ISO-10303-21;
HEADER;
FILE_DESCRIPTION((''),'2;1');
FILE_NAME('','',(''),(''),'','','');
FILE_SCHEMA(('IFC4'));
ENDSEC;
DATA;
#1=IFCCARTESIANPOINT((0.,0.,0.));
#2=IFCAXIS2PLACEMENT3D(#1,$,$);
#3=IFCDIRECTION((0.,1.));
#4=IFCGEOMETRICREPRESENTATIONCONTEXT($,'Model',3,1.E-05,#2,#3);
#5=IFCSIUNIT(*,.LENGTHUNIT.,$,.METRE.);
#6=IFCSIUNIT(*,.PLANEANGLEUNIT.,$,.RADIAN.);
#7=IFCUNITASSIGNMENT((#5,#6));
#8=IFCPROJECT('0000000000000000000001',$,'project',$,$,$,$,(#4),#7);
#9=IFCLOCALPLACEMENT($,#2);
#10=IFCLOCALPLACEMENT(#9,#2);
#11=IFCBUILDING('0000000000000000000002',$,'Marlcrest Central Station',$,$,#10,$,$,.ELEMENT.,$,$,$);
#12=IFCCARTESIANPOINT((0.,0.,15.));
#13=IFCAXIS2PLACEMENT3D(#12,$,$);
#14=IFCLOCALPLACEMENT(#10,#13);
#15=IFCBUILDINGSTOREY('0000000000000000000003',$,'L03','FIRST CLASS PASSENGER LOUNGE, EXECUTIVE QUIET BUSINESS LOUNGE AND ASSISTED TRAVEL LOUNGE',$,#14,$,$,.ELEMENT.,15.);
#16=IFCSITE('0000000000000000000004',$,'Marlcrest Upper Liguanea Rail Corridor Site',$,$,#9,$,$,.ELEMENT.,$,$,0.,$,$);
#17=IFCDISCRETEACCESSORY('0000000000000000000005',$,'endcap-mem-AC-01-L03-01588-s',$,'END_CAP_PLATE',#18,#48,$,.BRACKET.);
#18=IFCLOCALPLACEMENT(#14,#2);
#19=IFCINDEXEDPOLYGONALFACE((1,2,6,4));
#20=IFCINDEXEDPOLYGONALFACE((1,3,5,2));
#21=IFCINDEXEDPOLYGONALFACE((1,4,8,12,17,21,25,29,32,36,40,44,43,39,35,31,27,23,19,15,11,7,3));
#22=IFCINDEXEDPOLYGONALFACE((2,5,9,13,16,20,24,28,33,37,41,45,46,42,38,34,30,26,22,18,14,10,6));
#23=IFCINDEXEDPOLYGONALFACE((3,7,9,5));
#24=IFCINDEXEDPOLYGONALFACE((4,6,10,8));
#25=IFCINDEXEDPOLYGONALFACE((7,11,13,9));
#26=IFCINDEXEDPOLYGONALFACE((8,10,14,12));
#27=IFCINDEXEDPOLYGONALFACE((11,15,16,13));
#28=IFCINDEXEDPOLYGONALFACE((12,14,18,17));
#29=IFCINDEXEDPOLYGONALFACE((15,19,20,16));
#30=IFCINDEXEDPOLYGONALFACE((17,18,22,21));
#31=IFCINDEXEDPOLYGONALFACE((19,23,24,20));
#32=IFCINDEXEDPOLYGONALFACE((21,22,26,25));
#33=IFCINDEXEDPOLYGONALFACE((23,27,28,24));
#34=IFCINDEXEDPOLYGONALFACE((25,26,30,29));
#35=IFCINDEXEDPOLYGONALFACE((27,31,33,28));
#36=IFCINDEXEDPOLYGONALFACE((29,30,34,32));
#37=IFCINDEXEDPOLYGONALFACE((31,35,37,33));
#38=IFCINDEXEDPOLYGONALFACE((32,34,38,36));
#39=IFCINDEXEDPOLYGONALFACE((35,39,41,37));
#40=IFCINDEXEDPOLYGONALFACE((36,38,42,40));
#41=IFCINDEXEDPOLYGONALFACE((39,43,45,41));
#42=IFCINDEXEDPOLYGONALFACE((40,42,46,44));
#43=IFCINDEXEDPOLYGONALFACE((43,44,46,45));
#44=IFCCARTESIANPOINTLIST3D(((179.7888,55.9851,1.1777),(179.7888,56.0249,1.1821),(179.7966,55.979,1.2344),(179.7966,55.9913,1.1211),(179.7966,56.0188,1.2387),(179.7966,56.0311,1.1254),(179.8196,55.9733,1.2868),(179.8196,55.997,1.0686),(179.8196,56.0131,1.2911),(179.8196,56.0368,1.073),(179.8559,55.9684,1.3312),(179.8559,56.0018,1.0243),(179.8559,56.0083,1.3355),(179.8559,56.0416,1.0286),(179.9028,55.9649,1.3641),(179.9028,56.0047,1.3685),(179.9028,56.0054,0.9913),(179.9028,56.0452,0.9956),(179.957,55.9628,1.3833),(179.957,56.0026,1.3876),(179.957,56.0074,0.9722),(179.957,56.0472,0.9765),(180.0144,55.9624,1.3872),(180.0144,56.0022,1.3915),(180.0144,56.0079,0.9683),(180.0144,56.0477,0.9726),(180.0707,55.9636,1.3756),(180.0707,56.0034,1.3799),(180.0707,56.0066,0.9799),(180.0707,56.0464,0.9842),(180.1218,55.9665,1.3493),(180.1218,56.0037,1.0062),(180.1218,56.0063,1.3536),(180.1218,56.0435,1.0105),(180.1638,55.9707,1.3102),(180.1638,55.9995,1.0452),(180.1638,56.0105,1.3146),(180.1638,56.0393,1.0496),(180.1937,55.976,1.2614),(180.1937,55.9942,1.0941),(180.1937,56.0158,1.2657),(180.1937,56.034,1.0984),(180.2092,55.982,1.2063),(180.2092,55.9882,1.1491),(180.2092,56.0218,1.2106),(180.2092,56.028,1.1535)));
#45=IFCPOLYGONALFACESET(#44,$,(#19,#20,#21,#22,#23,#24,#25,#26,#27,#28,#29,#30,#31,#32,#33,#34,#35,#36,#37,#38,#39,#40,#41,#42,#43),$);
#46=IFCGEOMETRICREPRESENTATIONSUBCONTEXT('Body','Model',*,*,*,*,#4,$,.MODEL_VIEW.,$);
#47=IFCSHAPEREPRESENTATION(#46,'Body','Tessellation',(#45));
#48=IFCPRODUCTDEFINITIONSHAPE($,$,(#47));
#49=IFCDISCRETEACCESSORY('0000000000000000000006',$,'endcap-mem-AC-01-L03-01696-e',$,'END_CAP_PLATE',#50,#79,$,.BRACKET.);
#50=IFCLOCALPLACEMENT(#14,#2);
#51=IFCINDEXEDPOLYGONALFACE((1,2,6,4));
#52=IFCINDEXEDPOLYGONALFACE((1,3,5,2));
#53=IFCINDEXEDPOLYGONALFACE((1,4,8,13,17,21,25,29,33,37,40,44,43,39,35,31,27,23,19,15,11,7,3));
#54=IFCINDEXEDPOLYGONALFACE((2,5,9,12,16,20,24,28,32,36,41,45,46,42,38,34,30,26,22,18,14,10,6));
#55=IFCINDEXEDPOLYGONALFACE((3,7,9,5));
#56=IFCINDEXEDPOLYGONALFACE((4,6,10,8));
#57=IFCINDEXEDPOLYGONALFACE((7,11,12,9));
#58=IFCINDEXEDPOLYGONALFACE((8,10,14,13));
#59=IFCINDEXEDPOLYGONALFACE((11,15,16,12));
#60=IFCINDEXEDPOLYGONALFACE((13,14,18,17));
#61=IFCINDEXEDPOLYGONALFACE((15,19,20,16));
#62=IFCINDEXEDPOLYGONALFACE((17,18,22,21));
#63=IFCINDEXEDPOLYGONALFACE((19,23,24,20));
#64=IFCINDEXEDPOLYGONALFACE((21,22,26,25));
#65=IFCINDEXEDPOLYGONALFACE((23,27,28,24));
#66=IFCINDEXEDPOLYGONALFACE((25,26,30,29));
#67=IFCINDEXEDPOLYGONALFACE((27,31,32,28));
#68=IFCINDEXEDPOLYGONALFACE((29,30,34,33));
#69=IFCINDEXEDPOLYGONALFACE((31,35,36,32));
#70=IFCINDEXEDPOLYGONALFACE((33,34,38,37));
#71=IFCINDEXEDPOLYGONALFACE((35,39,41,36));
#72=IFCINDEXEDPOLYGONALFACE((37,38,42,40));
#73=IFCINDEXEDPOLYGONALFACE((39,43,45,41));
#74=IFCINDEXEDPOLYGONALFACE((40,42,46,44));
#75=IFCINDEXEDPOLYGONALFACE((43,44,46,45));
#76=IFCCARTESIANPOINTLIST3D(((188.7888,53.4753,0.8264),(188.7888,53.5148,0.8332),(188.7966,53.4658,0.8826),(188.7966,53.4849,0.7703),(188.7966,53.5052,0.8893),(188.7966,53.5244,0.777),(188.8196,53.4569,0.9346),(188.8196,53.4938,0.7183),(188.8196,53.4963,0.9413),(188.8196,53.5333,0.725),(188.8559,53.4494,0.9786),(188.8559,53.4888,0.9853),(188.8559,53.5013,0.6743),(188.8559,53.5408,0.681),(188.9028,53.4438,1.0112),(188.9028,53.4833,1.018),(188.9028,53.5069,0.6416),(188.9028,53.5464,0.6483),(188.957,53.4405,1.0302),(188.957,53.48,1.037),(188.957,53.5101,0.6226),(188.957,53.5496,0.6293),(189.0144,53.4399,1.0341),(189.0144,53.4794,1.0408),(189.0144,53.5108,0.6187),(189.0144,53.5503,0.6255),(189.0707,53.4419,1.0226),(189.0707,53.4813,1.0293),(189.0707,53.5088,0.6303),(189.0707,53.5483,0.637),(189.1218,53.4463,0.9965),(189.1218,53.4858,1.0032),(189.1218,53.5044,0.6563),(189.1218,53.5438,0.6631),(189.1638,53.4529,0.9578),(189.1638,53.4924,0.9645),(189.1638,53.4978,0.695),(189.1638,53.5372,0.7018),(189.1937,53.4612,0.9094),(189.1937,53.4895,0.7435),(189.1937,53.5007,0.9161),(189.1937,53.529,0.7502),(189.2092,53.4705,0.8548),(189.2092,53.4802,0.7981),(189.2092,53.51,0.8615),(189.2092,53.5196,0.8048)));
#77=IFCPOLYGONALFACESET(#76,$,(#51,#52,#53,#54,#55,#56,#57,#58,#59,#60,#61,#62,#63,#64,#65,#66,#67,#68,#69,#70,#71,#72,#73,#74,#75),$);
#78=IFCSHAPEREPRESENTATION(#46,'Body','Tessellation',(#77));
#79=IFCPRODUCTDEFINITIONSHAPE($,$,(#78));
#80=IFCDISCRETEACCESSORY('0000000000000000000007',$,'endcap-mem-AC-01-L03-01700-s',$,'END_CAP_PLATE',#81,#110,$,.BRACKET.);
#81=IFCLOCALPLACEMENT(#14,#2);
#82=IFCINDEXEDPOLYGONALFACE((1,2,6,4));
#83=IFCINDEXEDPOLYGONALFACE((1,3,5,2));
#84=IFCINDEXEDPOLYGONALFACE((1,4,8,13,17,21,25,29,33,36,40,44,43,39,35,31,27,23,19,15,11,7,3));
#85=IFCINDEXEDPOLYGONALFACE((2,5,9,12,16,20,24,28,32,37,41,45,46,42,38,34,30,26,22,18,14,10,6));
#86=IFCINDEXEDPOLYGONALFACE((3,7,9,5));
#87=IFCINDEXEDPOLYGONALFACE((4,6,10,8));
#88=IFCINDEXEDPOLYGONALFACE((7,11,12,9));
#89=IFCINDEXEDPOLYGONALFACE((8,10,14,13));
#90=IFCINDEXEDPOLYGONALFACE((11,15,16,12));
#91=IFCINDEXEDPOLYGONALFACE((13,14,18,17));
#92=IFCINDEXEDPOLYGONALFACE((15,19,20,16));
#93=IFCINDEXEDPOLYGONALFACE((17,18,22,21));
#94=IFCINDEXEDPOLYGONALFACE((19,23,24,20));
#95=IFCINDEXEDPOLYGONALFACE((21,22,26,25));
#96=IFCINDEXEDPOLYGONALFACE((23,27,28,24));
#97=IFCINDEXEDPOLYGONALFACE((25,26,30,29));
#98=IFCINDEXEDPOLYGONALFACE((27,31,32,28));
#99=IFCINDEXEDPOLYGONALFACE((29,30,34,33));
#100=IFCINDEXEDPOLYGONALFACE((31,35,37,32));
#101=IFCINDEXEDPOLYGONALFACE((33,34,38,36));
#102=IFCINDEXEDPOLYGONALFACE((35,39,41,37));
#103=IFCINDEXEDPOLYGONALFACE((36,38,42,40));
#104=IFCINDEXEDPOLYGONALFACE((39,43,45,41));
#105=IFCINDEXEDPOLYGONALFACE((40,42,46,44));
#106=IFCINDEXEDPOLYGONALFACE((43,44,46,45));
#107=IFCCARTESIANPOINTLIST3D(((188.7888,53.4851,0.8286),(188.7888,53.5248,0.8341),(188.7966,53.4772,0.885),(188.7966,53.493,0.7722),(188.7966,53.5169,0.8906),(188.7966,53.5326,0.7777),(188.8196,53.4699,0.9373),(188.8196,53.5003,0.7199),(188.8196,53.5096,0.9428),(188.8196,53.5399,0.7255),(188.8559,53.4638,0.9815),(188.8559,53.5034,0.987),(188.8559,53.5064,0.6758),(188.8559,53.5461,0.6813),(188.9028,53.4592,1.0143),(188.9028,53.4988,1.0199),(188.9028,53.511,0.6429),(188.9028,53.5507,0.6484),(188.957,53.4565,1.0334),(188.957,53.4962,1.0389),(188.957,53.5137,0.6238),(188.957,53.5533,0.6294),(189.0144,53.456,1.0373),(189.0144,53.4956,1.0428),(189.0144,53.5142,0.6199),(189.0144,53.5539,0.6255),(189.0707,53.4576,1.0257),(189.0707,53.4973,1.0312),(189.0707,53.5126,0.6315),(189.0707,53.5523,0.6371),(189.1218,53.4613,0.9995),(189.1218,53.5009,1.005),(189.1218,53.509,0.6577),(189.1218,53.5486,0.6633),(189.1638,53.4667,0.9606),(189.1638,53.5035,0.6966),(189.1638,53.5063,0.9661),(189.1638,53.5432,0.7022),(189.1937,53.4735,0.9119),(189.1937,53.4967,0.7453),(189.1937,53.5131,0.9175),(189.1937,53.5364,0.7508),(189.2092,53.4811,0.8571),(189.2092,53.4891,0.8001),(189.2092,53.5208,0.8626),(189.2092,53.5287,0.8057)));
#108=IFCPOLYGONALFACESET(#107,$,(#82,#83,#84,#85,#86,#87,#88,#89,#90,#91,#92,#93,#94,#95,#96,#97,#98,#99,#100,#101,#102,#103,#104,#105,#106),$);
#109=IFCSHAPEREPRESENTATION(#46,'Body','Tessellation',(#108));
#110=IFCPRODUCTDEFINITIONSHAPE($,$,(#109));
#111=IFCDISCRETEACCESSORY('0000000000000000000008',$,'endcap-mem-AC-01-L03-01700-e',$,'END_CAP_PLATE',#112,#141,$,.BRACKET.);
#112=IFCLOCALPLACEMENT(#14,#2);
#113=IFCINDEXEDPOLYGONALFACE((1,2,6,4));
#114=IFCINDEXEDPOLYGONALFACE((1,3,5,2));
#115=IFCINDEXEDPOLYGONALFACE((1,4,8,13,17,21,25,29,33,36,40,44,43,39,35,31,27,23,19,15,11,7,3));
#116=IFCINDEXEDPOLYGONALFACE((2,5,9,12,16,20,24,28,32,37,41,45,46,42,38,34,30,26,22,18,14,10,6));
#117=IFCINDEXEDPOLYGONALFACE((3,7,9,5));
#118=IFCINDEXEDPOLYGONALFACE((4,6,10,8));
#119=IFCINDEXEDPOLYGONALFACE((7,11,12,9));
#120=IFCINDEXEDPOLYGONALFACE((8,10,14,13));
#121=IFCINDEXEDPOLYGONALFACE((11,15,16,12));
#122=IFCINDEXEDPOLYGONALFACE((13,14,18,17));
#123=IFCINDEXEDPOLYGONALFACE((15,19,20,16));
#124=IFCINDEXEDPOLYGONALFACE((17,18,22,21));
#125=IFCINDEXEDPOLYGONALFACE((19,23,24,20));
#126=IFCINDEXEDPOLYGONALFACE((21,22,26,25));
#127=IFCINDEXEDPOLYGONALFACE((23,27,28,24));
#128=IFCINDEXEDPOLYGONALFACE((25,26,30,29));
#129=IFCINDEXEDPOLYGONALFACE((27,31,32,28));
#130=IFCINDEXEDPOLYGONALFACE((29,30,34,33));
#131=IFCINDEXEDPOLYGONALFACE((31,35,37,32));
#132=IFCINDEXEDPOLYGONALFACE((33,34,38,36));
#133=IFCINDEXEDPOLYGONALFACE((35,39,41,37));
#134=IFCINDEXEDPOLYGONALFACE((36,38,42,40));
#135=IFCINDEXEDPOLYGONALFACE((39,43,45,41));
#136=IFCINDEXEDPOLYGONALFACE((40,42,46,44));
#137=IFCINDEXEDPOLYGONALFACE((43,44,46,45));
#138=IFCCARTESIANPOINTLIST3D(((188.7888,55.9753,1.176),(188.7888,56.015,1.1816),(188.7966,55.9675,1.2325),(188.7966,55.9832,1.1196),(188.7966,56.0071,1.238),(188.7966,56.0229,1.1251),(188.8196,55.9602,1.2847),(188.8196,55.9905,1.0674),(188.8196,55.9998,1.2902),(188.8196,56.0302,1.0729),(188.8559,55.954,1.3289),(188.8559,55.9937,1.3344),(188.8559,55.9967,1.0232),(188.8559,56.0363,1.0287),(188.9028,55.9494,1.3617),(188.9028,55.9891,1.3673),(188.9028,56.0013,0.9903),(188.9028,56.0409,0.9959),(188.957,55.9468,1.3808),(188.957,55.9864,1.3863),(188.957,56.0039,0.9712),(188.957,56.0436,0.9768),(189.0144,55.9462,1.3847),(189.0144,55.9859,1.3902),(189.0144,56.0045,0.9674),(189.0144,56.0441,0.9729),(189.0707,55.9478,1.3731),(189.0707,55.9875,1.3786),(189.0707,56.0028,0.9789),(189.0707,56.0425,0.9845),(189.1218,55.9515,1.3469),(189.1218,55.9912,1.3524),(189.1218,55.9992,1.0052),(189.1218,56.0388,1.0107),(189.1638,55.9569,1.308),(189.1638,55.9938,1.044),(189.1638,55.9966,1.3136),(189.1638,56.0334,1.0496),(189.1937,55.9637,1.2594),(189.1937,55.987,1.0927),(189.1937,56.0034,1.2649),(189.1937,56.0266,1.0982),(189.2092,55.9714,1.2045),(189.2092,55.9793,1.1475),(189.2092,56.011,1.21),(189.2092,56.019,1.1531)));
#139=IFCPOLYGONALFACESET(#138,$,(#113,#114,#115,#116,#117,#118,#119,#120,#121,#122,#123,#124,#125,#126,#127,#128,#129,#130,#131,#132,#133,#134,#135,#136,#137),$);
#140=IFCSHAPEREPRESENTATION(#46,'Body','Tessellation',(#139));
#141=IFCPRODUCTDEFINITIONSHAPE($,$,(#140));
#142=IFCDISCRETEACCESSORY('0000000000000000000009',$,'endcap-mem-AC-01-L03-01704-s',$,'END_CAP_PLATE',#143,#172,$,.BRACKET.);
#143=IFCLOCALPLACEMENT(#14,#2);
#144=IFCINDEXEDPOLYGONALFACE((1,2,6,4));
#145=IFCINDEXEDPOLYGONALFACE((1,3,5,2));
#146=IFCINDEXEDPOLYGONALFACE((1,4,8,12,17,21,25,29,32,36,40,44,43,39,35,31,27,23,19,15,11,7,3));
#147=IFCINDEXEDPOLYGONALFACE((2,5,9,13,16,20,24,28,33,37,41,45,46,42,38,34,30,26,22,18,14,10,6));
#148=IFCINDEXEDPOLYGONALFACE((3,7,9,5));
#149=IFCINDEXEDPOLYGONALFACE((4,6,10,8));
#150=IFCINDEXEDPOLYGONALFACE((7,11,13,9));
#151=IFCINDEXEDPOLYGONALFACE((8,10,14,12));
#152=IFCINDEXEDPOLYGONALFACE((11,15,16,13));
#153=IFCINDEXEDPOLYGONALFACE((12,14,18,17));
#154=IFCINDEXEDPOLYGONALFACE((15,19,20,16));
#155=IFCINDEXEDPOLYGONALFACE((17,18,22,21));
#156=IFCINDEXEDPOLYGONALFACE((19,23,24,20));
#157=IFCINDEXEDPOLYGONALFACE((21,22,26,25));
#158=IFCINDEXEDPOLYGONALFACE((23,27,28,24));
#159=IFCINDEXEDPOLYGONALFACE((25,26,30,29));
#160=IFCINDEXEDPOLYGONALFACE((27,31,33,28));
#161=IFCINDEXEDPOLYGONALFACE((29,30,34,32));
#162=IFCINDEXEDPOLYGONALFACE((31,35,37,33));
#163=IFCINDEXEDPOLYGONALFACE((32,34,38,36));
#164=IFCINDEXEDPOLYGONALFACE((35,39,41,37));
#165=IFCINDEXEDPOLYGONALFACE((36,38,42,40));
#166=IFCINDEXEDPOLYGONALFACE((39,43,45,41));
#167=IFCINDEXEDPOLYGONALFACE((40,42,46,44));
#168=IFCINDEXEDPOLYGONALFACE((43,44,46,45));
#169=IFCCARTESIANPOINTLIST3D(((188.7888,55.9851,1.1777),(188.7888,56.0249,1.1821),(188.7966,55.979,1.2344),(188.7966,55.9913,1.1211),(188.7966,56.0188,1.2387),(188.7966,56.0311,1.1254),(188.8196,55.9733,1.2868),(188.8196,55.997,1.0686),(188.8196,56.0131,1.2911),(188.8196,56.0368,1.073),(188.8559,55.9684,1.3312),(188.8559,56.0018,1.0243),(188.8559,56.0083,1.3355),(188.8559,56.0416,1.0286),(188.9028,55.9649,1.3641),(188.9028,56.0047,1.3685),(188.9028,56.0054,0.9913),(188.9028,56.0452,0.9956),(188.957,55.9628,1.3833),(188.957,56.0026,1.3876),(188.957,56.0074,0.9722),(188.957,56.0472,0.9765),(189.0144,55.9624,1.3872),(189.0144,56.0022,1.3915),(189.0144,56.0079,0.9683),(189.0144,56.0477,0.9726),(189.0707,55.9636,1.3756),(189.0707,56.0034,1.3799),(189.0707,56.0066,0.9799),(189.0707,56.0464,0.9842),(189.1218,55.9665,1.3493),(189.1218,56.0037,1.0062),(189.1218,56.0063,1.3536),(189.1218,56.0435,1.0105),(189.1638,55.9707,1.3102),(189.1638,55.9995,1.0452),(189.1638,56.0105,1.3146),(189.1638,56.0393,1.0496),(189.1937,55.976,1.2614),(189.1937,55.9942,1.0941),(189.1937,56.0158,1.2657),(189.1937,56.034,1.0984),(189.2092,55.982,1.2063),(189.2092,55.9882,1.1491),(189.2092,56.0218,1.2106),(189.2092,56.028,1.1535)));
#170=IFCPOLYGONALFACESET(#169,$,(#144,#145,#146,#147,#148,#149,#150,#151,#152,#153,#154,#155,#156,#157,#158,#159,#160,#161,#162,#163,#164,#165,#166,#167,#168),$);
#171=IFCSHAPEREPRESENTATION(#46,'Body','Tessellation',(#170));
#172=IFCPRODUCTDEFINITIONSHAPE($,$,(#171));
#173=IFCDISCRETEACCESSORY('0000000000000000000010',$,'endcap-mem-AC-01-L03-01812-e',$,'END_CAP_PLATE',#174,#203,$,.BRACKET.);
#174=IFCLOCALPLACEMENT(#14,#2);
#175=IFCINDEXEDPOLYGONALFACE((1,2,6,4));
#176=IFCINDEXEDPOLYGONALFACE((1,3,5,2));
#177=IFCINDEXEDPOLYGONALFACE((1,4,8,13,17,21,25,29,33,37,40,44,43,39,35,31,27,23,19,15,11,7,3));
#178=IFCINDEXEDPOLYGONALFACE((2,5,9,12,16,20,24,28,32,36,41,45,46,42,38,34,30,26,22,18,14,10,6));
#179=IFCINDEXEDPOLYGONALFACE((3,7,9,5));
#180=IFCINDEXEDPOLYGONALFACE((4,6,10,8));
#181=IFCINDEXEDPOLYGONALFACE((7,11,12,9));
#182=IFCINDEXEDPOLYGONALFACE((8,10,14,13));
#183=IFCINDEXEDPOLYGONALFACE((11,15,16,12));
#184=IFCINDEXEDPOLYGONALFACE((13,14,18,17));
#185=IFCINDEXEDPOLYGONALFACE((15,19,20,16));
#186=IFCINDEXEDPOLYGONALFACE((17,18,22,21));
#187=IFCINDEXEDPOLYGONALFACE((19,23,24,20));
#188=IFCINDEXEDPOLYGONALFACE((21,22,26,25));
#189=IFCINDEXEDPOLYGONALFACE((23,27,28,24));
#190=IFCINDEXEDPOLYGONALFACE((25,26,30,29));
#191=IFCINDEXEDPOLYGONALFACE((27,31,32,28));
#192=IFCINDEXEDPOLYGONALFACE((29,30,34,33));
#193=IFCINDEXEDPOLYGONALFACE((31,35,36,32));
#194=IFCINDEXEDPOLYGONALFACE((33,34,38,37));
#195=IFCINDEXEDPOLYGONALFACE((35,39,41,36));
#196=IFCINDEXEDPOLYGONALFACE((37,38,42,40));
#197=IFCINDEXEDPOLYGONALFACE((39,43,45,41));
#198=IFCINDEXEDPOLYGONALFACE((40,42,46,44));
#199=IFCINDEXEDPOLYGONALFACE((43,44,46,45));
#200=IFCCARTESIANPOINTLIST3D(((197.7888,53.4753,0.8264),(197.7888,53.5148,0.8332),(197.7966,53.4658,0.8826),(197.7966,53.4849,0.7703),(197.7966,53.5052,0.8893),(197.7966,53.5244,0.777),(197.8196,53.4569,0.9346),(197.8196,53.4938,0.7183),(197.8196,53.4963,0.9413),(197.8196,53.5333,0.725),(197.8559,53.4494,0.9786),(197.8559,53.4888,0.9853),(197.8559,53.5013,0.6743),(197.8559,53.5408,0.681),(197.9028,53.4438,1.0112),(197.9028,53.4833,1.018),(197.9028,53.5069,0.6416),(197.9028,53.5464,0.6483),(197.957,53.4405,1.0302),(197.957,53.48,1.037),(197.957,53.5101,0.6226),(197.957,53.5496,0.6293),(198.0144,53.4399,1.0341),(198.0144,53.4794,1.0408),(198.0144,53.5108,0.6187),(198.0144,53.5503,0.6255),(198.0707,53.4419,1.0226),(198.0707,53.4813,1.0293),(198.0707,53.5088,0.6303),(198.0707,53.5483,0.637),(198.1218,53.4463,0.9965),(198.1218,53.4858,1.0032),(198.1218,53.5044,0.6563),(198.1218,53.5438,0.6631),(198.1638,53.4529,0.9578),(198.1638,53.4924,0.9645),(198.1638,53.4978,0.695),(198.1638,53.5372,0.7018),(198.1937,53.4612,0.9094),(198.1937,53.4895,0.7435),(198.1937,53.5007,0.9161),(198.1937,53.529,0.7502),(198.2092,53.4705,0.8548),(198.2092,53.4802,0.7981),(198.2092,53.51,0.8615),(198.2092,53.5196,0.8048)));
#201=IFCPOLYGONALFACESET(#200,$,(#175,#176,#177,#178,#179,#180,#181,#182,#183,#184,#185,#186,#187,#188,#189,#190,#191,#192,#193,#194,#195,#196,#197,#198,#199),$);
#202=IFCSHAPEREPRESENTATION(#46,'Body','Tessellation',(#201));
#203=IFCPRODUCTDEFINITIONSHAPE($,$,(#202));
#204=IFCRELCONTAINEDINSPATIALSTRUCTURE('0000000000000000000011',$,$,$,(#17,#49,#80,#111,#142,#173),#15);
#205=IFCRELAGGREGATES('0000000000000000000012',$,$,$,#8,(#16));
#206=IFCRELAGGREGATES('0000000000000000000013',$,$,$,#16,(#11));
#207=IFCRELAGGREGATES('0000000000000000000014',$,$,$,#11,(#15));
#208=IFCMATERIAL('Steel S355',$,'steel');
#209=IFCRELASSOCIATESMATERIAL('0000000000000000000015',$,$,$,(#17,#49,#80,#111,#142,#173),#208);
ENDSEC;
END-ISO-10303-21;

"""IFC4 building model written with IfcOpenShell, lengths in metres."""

from ifc_helpers import new_model, si_unit, direction, frame, origin, origin_2d, place, context, subcontext, project, spatial, circle, extrude, material, element, save


model = new_model("IFC4")

# Units and contexts
model_context = context("Model", 3, precision=1e-05, world=origin(), true_north=direction((0.0, 1.0)))
body_context = subcontext(model_context, "Body", "Model", "MODEL_VIEW")
ifc_project = project(units=[si_unit("LENGTHUNIT", "METRE"), si_unit("PLANEANGLEUNIT", "RADIAN")], contexts=[model_context])

# Site, building, storey
site_placement = place(None, origin())
site = spatial("IfcSite", under=ifc_project, at=site_placement, Name="Marlcrest Upper Liguanea Rail Corridor Site", CompositionType="ELEMENT", RefElevation=0.0)
building_placement = place(site_placement, origin())
building = spatial("IfcBuilding", under=site, at=building_placement, Name="Marlcrest Central Station", CompositionType="ELEMENT")
storey_placement = place(building_placement, frame((0.0, 0.0, 15.0)))
storey = spatial("IfcBuildingStorey", under=building, at=storey_placement, Name="L03", Description="FIRST CLASS PASSENGER LOUNGE, EXECUTIVE QUIET BUSINESS LOUNGE AND ASSISTED TRAVEL LOUNGE", CompositionType="ELEMENT", Elevation=15.0)

# Shared definitions
ifc_material_1 = material(Name="Steel S355", Category="steel")

# Discrete accessories
for number, where, z_axis, x_axis, name in (
    (1, (180.0, 55.9851, 1.1777), (0.0, 0.994155, 0.107959), (-1.0, 0.0, 0.0), "endcap-mem-AC-01-L03-01588-s"),
    (2, (189.0, 53.4753, 0.8264), (0.0, 0.985741, 0.168269), (-1.0, 0.0, 0.0), "endcap-mem-AC-01-L03-01696-e"),
    (3, (189.0, 53.4851, 0.8286), (0.0, 0.990403, 0.138211), (-1.0, 0.0, 0.0), "endcap-mem-AC-01-L03-01700-s"),
    (4, (189.0, 55.9753, 1.176), (0.0, 0.990403, 0.138211), (-1.0, 0.0, 0.0), "endcap-mem-AC-01-L03-01700-e"),
    (5, (189.0, 55.9851, 1.1777), (0.0, 0.994155, 0.107959), (-1.0, 0.0, 0.0), "endcap-mem-AC-01-L03-01704-s"),
    (6, (198.0, 53.4753, 0.8264), (0.0, 0.985741, 0.168269), (-1.0, 0.0, 0.0), "endcap-mem-AC-01-L03-01812-e"),
):
    element("IfcDiscreteAccessory", number, at=place(storey_placement, frame(where, z_axis=z_axis, x_axis=x_axis)), inside=storey, material=ifc_material_1, Name=name, ObjectType="END_CAP_PLATE", PredefinedType="BRACKET", context=body_context, shape_type="SweptSolid", body=[
        extrude(circle(Radius=0.2112, at=origin_2d()), origin(), (0.0, 0.0, 1.0), 0.04),
    ])

save(model, "model.ifc")
